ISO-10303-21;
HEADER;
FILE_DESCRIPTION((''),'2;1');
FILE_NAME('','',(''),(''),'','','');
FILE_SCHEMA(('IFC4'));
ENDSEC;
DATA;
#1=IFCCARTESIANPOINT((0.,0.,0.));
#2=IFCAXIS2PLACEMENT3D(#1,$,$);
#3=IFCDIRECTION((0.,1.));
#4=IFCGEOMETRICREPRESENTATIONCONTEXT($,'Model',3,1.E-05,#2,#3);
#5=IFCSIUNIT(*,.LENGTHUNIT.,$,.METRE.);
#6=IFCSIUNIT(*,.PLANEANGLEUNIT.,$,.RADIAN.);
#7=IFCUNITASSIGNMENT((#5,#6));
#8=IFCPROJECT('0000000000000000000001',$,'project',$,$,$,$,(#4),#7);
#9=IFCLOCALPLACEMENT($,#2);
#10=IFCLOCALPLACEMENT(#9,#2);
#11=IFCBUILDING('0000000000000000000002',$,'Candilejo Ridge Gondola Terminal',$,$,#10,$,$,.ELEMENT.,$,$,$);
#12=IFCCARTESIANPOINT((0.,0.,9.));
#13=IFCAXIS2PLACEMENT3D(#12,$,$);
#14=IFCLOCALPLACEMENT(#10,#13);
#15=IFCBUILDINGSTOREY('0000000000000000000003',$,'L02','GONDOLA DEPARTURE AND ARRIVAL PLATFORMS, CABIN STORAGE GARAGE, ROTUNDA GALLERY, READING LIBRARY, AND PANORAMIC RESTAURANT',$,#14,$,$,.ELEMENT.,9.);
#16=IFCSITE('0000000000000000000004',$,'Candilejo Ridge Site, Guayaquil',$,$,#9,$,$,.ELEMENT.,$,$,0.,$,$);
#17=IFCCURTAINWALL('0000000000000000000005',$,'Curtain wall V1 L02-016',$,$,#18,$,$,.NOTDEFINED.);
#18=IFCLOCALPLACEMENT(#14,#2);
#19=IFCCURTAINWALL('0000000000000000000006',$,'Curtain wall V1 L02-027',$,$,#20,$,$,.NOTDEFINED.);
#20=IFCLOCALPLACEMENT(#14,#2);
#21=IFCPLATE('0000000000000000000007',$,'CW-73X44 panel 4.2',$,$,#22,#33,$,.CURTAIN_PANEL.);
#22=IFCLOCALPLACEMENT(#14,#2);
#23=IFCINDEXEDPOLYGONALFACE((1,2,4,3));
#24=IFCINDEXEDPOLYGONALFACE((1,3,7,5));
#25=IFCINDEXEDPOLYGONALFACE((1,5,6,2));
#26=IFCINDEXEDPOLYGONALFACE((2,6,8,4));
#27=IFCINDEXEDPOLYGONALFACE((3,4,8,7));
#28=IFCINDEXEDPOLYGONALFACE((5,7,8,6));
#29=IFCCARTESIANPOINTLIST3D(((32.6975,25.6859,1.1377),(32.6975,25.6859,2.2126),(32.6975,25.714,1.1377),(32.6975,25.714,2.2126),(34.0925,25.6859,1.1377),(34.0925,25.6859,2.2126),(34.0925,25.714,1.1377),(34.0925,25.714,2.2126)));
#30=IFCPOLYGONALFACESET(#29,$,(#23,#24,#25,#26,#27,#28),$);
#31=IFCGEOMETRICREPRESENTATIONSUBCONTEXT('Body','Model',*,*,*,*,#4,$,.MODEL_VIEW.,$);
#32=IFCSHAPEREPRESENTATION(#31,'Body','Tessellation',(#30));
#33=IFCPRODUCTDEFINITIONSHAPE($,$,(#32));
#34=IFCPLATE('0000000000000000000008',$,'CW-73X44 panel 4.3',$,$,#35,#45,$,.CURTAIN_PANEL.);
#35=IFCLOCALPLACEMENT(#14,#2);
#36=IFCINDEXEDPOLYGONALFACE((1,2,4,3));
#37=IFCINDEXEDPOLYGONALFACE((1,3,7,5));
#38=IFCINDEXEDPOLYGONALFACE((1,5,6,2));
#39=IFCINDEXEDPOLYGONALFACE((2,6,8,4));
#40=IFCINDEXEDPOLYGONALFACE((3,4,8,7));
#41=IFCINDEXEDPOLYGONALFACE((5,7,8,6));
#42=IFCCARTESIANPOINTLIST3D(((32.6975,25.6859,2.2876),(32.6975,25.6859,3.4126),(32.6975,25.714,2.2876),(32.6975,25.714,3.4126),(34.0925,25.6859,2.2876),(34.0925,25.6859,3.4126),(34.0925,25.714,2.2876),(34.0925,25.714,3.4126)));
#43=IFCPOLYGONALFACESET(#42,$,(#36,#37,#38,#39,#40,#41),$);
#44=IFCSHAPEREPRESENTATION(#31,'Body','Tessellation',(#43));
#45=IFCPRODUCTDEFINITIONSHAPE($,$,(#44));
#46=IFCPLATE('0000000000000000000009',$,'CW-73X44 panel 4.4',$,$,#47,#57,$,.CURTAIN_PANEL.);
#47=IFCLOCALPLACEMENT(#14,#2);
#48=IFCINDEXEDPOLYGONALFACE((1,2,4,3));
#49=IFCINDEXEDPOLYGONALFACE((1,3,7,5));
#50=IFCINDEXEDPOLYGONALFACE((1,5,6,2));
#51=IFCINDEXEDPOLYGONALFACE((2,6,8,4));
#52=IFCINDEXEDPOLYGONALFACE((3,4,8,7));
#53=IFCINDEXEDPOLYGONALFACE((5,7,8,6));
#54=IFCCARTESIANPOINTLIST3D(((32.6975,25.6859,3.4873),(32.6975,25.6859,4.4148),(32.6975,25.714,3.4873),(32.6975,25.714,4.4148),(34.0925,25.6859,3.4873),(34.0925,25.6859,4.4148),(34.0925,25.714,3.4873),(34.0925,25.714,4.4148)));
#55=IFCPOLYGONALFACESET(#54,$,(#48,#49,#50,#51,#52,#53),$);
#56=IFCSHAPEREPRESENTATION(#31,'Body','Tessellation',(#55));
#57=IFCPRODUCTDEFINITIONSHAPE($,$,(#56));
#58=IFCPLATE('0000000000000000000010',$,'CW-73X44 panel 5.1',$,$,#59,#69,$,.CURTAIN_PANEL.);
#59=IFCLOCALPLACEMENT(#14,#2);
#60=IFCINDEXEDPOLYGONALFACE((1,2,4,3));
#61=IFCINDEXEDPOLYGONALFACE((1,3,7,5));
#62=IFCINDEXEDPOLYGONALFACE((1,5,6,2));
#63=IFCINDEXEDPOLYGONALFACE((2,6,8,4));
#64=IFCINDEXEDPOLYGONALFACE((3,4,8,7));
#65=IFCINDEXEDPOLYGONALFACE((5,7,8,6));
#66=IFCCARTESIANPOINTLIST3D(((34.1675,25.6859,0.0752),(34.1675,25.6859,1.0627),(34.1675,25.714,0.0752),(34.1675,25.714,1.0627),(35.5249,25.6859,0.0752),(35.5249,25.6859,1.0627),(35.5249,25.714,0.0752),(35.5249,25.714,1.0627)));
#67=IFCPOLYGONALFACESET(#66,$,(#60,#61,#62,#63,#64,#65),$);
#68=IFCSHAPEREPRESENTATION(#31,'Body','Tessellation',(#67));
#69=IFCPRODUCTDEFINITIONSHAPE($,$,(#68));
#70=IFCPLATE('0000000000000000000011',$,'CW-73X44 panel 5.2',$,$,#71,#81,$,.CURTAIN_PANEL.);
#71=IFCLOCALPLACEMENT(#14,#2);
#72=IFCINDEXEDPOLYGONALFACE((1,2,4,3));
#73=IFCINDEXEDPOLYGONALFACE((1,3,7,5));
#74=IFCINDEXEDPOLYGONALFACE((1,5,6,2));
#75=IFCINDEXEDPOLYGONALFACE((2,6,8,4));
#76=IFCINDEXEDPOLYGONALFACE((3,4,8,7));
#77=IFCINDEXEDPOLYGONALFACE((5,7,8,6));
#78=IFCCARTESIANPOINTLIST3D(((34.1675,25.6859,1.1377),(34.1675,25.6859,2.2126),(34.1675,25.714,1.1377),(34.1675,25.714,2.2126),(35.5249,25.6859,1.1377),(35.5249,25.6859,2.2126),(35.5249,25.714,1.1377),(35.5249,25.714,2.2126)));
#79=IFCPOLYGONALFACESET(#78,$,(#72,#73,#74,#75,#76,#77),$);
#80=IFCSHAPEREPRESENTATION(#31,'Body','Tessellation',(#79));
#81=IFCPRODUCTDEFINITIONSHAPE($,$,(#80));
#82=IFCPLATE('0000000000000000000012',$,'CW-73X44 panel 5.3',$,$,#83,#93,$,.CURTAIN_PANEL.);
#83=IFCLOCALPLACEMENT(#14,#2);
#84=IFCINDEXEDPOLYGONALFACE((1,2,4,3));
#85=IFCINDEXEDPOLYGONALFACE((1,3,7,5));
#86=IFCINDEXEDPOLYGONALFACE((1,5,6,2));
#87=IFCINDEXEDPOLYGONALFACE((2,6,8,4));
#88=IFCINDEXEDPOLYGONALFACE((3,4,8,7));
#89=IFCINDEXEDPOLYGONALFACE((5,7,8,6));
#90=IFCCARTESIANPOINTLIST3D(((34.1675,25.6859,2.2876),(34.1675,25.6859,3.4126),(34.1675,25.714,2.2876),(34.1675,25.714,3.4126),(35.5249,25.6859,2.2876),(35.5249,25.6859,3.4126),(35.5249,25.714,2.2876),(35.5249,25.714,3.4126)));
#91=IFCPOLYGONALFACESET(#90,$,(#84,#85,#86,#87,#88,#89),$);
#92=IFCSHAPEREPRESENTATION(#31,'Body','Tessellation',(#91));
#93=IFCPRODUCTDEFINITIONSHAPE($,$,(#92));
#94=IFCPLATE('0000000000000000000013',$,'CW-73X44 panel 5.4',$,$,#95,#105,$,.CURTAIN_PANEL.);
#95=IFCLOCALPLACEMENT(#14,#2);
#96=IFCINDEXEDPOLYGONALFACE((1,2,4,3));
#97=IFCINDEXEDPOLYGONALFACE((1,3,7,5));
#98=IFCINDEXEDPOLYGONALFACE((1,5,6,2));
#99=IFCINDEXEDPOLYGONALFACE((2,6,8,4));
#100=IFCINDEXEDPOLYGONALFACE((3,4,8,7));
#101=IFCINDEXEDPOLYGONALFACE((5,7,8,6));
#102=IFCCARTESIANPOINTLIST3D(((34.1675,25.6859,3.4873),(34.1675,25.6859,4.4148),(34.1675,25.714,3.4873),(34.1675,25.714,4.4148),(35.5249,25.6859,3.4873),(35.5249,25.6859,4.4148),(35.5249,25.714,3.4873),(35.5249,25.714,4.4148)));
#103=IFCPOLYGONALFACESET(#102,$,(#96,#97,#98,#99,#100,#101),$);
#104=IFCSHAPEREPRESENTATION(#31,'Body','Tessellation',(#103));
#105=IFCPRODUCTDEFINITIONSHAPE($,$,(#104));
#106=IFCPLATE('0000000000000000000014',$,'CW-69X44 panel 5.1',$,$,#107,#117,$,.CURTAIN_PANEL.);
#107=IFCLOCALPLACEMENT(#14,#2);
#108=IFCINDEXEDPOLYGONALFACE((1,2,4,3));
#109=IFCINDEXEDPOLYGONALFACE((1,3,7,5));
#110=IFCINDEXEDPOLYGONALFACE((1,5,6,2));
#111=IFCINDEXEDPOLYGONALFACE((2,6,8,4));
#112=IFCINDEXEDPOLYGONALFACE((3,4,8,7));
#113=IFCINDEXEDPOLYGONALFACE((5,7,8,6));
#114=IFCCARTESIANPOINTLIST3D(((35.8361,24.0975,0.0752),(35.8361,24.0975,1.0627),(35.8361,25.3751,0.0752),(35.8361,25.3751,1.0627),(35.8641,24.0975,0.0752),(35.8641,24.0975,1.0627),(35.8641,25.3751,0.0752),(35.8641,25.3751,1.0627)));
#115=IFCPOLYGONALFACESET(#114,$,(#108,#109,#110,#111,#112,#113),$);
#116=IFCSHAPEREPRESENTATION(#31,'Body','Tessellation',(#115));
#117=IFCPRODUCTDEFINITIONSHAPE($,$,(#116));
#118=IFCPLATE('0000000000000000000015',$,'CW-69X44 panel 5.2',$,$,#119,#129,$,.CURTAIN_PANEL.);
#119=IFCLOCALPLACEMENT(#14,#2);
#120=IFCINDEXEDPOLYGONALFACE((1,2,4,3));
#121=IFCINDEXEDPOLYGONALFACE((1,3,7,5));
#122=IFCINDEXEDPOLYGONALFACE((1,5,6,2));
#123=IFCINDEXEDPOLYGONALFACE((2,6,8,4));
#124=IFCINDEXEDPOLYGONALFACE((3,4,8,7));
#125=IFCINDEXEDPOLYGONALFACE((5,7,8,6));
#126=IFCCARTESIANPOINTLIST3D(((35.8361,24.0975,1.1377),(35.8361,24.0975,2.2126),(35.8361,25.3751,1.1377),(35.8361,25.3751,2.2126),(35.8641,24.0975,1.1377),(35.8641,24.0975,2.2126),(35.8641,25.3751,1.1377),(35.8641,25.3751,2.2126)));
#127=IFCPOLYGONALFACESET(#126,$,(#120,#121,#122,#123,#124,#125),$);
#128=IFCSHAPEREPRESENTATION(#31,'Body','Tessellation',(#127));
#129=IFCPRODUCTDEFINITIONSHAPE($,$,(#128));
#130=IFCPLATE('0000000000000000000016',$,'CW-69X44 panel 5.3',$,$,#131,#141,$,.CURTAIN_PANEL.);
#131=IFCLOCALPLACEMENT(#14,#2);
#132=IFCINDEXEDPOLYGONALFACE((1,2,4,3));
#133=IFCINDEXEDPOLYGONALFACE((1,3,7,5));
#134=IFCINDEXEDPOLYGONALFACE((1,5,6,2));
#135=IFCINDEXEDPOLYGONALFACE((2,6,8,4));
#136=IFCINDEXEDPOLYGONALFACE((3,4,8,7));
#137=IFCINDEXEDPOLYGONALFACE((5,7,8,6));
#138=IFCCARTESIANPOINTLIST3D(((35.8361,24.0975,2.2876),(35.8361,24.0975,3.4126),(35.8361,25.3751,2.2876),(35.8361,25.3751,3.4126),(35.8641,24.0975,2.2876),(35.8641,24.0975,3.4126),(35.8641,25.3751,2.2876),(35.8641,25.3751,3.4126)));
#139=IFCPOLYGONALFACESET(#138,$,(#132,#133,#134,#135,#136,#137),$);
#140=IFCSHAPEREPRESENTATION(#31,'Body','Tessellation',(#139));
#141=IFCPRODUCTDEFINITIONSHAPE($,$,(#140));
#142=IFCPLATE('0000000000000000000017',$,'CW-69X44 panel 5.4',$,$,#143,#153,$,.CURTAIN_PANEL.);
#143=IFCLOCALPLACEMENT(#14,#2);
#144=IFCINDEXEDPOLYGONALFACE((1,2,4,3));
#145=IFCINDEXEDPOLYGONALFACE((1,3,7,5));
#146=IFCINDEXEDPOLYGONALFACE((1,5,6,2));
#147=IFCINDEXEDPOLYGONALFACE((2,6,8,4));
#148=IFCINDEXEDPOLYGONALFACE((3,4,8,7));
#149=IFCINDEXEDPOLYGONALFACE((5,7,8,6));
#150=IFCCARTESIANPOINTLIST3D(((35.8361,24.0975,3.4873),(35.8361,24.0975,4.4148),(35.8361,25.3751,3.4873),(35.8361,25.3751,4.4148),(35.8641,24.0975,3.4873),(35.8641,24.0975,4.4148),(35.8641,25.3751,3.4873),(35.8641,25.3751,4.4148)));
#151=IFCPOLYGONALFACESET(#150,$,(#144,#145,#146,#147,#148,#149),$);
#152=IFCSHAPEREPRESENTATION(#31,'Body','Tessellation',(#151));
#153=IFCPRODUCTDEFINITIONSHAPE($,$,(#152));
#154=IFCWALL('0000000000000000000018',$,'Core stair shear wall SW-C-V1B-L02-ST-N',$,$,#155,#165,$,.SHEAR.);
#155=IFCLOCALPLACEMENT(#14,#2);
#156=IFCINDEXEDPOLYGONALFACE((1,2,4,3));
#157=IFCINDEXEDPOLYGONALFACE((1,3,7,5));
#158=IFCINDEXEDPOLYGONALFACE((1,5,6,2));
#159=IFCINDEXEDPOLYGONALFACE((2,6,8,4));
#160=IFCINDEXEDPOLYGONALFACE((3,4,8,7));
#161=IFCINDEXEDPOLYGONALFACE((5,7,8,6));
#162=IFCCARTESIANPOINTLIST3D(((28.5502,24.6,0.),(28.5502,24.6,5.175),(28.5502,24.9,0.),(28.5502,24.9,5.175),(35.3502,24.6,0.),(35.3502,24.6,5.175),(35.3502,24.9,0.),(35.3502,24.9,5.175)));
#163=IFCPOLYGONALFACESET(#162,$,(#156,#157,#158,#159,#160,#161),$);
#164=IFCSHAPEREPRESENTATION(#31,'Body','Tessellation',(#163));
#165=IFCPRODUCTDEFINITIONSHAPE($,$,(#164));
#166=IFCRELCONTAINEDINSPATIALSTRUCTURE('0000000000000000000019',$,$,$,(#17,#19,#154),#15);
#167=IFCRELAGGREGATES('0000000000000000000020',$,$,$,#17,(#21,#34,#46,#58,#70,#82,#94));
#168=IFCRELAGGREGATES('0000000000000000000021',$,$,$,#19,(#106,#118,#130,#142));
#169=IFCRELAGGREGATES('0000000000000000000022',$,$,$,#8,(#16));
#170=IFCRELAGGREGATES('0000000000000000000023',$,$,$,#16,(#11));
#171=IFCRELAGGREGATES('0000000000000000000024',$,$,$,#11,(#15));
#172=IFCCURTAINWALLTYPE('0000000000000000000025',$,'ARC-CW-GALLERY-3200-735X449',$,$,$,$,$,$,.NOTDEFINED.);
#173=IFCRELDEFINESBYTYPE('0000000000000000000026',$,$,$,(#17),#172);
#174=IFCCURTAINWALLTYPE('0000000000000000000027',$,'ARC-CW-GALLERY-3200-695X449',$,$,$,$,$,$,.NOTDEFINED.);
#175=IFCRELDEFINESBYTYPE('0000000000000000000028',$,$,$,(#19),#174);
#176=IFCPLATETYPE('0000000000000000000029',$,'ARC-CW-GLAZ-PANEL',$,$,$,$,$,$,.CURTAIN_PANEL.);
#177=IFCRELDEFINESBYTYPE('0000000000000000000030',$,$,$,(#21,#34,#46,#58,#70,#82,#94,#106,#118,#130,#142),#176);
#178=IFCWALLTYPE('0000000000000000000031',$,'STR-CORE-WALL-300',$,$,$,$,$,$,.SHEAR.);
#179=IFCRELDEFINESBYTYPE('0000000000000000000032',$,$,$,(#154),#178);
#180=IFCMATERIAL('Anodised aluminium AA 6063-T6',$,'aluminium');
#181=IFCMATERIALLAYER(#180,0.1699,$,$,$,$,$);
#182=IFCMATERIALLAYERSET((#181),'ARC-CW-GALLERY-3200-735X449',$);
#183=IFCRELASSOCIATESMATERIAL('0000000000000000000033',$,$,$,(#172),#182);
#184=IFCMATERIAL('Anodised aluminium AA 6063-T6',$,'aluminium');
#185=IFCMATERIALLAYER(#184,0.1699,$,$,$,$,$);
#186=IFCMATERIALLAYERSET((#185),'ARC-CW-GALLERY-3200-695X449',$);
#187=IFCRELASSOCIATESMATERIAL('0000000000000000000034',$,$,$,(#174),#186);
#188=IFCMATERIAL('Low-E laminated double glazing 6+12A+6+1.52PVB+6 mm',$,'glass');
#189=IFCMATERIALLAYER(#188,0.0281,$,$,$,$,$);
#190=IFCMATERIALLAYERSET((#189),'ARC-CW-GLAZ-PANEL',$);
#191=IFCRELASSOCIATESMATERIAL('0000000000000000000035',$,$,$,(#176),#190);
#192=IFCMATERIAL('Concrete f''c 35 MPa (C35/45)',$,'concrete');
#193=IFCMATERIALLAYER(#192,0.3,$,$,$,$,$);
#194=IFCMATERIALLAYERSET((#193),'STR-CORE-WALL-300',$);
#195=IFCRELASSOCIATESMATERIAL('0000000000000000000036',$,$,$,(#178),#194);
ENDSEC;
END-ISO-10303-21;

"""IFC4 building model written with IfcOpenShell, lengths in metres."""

from ifc_helpers import new_model, si_unit, direction, frame, frame_2d, origin, origin_2d, place, context, subcontext, project, spatial, rectangle, extrude, material, layer, layer_set, type_object, element, aggregate, save


model = new_model("IFC4")

# Units and contexts
model_context = context("Model", 3, precision=1e-05, world=origin(), true_north=direction((0.0, 1.0)))
body_context = subcontext(model_context, "Body", "Model", "MODEL_VIEW")
ifc_project = project(units=[si_unit("LENGTHUNIT", "METRE"), si_unit("PLANEANGLEUNIT", "RADIAN")], contexts=[model_context])

# Site, building, storey
site_placement = place(None, origin())
site = spatial("IfcSite", under=ifc_project, at=site_placement, Name="Candilejo Ridge Site, Guayaquil", CompositionType="ELEMENT", RefElevation=0.0)
building_placement = place(site_placement, origin())
building = spatial("IfcBuilding", under=site, at=building_placement, Name="Candilejo Ridge Gondola Terminal", CompositionType="ELEMENT")
storey_placement = place(building_placement, frame((0.0, 0.0, 9.0)))
storey = spatial("IfcBuildingStorey", under=building, at=storey_placement, Name="L02", Description="GONDOLA DEPARTURE AND ARRIVAL PLATFORMS, CABIN STORAGE GARAGE, ROTUNDA GALLERY, READING LIBRARY, AND PANORAMIC RESTAURANT", CompositionType="ELEMENT", Elevation=9.0)

# Curtain wall
ifc_material_1 = material(Name="Anodised aluminium AA 6063-T6", Category="aluminium")
ifc_layer_1 = layer(ifc_material_1, 0.1699)
ifc_layer_set_1 = layer_set([ifc_layer_1], Name="ARC-CW-GALLERY-3200-735X449")
curtain_wall_type_1 = type_object("IfcCurtainWallType", Name="ARC-CW-GALLERY-3200-735X449", PredefinedType="NOTDEFINED", material=ifc_layer_set_1)
curtain_wall_1_placement = place(storey_placement, origin())
curtain_wall_1 = element("IfcCurtainWall", 1, at=curtain_wall_1_placement, inside=storey, type_object=curtain_wall_type_1, Name="Curtain wall V1 L02-016", PredefinedType="NOTDEFINED")

# Curtain wall
ifc_material_2 = material(Name="Anodised aluminium AA 6063-T6", Category="aluminium")
ifc_layer_2 = layer(ifc_material_2, 0.1699)
ifc_layer_set_2 = layer_set([ifc_layer_2], Name="ARC-CW-GALLERY-3200-695X449")
curtain_wall_type_2 = type_object("IfcCurtainWallType", Name="ARC-CW-GALLERY-3200-695X449", PredefinedType="NOTDEFINED", material=ifc_layer_set_2)
curtain_wall_2_placement = place(storey_placement, origin())
curtain_wall_2 = element("IfcCurtainWall", 2, at=curtain_wall_2_placement, inside=storey, type_object=curtain_wall_type_2, Name="Curtain wall V1 L02-027", PredefinedType="NOTDEFINED")

# Plates
ifc_material_3 = material(Name="Low-E laminated double glazing 6+12A+6+1.52PVB+6 mm", Category="glass")
ifc_layer_3 = layer(ifc_material_3, 0.0281)
ifc_layer_set_3 = layer_set([ifc_layer_3], Name="ARC-CW-GLAZ-PANEL")
plate_type = type_object("IfcPlateType", Name="ARC-CW-GLAZ-PANEL", PredefinedType="CURTAIN_PANEL", material=ifc_layer_set_3)
plate_1_placement = place(storey_placement, frame((33.395, 25.7, 1.1377), z_axis=(0.0, 0.0, 1.0), x_axis=(1.0, 0.0, 0.0)))
plate_1 = element("IfcPlate", 3, at=plate_1_placement, type_object=plate_type, Name="CW-73X44 panel 4.2", PredefinedType="CURTAIN_PANEL", context=body_context, shape_type="SweptSolid", body=[
    extrude(rectangle(XDim=1.395, YDim=0.0281, at=origin_2d()), origin(), (0.0, 0.0, 1.0), 1.075),
])
plate_2_placement = place(storey_placement, frame((33.395, 25.7, 2.2876), z_axis=(0.0, 0.0, 1.0), x_axis=(1.0, 0.0, 0.0)))
plate_2 = element("IfcPlate", 4, at=plate_2_placement, type_object=plate_type, Name="CW-73X44 panel 4.3", PredefinedType="CURTAIN_PANEL", context=body_context, shape_type="SweptSolid", body=[
    extrude(rectangle(XDim=1.395, YDim=0.0281, at=origin_2d()), origin(), (0.0, 0.0, 1.0), 1.125),
])
plate_3_placement = place(storey_placement, frame((33.395, 25.7, 3.4873), z_axis=(0.0, 0.0, 1.0), x_axis=(1.0, 0.0, 0.0)))
plate_3 = element("IfcPlate", 5, at=plate_3_placement, type_object=plate_type, Name="CW-73X44 panel 4.4", PredefinedType="CURTAIN_PANEL", context=body_context, shape_type="SweptSolid", body=[
    extrude(rectangle(XDim=1.395, YDim=0.0281, at=origin_2d()), origin(), (0.0, 0.0, 1.0), 0.9275),
])
plate_4_placement = place(storey_placement, frame((34.8462, 25.7, 0.0752), z_axis=(0.0, 0.0, 1.0), x_axis=(1.0, 0.0, 0.0)))
plate_4 = element("IfcPlate", 6, at=plate_4_placement, type_object=plate_type, Name="CW-73X44 panel 5.1", PredefinedType="CURTAIN_PANEL", context=body_context, shape_type="SweptSolid", body=[
    extrude(rectangle(XDim=1.3574, YDim=0.0281, at=origin_2d()), origin(), (0.0, 0.0, 1.0), 0.9875),
])
plate_5_placement = place(storey_placement, frame((34.8462, 25.7, 1.1377), z_axis=(0.0, 0.0, 1.0), x_axis=(1.0, 0.0, 0.0)))
plate_5 = element("IfcPlate", 7, at=plate_5_placement, type_object=plate_type, Name="CW-73X44 panel 5.2", PredefinedType="CURTAIN_PANEL", context=body_context, shape_type="SweptSolid", body=[
    extrude(rectangle(XDim=1.3574, YDim=0.0281, at=origin_2d()), origin(), (0.0, 0.0, 1.0), 1.075),
])
plate_6_placement = place(storey_placement, frame((34.8462, 25.7, 2.2876), z_axis=(0.0, 0.0, 1.0), x_axis=(1.0, 0.0, 0.0)))
plate_6 = element("IfcPlate", 8, at=plate_6_placement, type_object=plate_type, Name="CW-73X44 panel 5.3", PredefinedType="CURTAIN_PANEL", context=body_context, shape_type="SweptSolid", body=[
    extrude(rectangle(XDim=1.3574, YDim=0.0281, at=origin_2d()), origin(), (0.0, 0.0, 1.0), 1.125),
])
plate_7_placement = place(storey_placement, frame((34.8462, 25.7, 3.4873), z_axis=(0.0, 0.0, 1.0), x_axis=(1.0, 0.0, 0.0)))
plate_7 = element("IfcPlate", 9, at=plate_7_placement, type_object=plate_type, Name="CW-73X44 panel 5.4", PredefinedType="CURTAIN_PANEL", context=body_context, shape_type="SweptSolid", body=[
    extrude(rectangle(XDim=1.3574, YDim=0.0281, at=origin_2d()), origin(), (0.0, 0.0, 1.0), 0.9275),
])
aggregate(curtain_wall_1, [plate_1, plate_2, plate_3, plate_4, plate_5, plate_6, plate_7])
plate_8_placement = place(storey_placement, frame((35.8501, 24.7363, 0.0752), z_axis=(0.0, 0.0, 1.0), x_axis=(0.0, 1.0, 0.0)))
plate_8 = element("IfcPlate", 10, at=plate_8_placement, type_object=plate_type, Name="CW-69X44 panel 5.1", PredefinedType="CURTAIN_PANEL", context=body_context, shape_type="SweptSolid", body=[
    extrude(rectangle(XDim=1.2776, YDim=0.0281, at=origin_2d()), origin(), (0.0, 0.0, 1.0), 0.9875),
])
plate_9_placement = place(storey_placement, frame((35.8501, 24.7363, 1.1377), z_axis=(0.0, 0.0, 1.0), x_axis=(0.0, 1.0, 0.0)))
plate_9 = element("IfcPlate", 11, at=plate_9_placement, type_object=plate_type, Name="CW-69X44 panel 5.2", PredefinedType="CURTAIN_PANEL", context=body_context, shape_type="SweptSolid", body=[
    extrude(rectangle(XDim=1.2776, YDim=0.0281, at=origin_2d()), origin(), (0.0, 0.0, 1.0), 1.075),
])
plate_10_placement = place(storey_placement, frame((35.8501, 24.7363, 2.2876), z_axis=(0.0, 0.0, 1.0), x_axis=(0.0, 1.0, 0.0)))
plate_10 = element("IfcPlate", 12, at=plate_10_placement, type_object=plate_type, Name="CW-69X44 panel 5.3", PredefinedType="CURTAIN_PANEL", context=body_context, shape_type="SweptSolid", body=[
    extrude(rectangle(XDim=1.2776, YDim=0.0281, at=origin_2d()), origin(), (0.0, 0.0, 1.0), 1.125),
])
plate_11_placement = place(storey_placement, frame((35.8501, 24.7363, 3.4873), z_axis=(0.0, 0.0, 1.0), x_axis=(0.0, 1.0, 0.0)))
plate_11 = element("IfcPlate", 13, at=plate_11_placement, type_object=plate_type, Name="CW-69X44 panel 5.4", PredefinedType="CURTAIN_PANEL", context=body_context, shape_type="SweptSolid", body=[
    extrude(rectangle(XDim=1.2776, YDim=0.0281, at=origin_2d()), origin(), (0.0, 0.0, 1.0), 0.9275),
])
aggregate(curtain_wall_2, [plate_8, plate_9, plate_10, plate_11])

# Wall
ifc_material_4 = material(Name="Concrete f'c 35 MPa (C35/45)", Category="concrete")
ifc_layer_4 = layer(ifc_material_4, 0.3)
ifc_layer_set_4 = layer_set([ifc_layer_4], Name="STR-CORE-WALL-300")
wall_type = type_object("IfcWallType", Name="STR-CORE-WALL-300", PredefinedType="SHEAR", material=ifc_layer_set_4)
wall_placement = place(storey_placement, frame((35.3501, 24.75, 0.0), z_axis=(0.0, 0.0, 1.0), x_axis=(-1.0, 0.0, 0.0)))
element("IfcWall", 14, at=wall_placement, inside=storey, type_object=wall_type, Name="Core stair shear wall SW-C-V1B-L02-ST-N", PredefinedType="SHEAR", context=body_context, shape_type="SweptSolid", body=[
    extrude(rectangle(XDim=6.8, YDim=0.3, at=frame_2d((3.3999, 0.0))), origin(), (0.0, 0.0, 1.0), 5.175),
])

save(model, "model.ifc")
